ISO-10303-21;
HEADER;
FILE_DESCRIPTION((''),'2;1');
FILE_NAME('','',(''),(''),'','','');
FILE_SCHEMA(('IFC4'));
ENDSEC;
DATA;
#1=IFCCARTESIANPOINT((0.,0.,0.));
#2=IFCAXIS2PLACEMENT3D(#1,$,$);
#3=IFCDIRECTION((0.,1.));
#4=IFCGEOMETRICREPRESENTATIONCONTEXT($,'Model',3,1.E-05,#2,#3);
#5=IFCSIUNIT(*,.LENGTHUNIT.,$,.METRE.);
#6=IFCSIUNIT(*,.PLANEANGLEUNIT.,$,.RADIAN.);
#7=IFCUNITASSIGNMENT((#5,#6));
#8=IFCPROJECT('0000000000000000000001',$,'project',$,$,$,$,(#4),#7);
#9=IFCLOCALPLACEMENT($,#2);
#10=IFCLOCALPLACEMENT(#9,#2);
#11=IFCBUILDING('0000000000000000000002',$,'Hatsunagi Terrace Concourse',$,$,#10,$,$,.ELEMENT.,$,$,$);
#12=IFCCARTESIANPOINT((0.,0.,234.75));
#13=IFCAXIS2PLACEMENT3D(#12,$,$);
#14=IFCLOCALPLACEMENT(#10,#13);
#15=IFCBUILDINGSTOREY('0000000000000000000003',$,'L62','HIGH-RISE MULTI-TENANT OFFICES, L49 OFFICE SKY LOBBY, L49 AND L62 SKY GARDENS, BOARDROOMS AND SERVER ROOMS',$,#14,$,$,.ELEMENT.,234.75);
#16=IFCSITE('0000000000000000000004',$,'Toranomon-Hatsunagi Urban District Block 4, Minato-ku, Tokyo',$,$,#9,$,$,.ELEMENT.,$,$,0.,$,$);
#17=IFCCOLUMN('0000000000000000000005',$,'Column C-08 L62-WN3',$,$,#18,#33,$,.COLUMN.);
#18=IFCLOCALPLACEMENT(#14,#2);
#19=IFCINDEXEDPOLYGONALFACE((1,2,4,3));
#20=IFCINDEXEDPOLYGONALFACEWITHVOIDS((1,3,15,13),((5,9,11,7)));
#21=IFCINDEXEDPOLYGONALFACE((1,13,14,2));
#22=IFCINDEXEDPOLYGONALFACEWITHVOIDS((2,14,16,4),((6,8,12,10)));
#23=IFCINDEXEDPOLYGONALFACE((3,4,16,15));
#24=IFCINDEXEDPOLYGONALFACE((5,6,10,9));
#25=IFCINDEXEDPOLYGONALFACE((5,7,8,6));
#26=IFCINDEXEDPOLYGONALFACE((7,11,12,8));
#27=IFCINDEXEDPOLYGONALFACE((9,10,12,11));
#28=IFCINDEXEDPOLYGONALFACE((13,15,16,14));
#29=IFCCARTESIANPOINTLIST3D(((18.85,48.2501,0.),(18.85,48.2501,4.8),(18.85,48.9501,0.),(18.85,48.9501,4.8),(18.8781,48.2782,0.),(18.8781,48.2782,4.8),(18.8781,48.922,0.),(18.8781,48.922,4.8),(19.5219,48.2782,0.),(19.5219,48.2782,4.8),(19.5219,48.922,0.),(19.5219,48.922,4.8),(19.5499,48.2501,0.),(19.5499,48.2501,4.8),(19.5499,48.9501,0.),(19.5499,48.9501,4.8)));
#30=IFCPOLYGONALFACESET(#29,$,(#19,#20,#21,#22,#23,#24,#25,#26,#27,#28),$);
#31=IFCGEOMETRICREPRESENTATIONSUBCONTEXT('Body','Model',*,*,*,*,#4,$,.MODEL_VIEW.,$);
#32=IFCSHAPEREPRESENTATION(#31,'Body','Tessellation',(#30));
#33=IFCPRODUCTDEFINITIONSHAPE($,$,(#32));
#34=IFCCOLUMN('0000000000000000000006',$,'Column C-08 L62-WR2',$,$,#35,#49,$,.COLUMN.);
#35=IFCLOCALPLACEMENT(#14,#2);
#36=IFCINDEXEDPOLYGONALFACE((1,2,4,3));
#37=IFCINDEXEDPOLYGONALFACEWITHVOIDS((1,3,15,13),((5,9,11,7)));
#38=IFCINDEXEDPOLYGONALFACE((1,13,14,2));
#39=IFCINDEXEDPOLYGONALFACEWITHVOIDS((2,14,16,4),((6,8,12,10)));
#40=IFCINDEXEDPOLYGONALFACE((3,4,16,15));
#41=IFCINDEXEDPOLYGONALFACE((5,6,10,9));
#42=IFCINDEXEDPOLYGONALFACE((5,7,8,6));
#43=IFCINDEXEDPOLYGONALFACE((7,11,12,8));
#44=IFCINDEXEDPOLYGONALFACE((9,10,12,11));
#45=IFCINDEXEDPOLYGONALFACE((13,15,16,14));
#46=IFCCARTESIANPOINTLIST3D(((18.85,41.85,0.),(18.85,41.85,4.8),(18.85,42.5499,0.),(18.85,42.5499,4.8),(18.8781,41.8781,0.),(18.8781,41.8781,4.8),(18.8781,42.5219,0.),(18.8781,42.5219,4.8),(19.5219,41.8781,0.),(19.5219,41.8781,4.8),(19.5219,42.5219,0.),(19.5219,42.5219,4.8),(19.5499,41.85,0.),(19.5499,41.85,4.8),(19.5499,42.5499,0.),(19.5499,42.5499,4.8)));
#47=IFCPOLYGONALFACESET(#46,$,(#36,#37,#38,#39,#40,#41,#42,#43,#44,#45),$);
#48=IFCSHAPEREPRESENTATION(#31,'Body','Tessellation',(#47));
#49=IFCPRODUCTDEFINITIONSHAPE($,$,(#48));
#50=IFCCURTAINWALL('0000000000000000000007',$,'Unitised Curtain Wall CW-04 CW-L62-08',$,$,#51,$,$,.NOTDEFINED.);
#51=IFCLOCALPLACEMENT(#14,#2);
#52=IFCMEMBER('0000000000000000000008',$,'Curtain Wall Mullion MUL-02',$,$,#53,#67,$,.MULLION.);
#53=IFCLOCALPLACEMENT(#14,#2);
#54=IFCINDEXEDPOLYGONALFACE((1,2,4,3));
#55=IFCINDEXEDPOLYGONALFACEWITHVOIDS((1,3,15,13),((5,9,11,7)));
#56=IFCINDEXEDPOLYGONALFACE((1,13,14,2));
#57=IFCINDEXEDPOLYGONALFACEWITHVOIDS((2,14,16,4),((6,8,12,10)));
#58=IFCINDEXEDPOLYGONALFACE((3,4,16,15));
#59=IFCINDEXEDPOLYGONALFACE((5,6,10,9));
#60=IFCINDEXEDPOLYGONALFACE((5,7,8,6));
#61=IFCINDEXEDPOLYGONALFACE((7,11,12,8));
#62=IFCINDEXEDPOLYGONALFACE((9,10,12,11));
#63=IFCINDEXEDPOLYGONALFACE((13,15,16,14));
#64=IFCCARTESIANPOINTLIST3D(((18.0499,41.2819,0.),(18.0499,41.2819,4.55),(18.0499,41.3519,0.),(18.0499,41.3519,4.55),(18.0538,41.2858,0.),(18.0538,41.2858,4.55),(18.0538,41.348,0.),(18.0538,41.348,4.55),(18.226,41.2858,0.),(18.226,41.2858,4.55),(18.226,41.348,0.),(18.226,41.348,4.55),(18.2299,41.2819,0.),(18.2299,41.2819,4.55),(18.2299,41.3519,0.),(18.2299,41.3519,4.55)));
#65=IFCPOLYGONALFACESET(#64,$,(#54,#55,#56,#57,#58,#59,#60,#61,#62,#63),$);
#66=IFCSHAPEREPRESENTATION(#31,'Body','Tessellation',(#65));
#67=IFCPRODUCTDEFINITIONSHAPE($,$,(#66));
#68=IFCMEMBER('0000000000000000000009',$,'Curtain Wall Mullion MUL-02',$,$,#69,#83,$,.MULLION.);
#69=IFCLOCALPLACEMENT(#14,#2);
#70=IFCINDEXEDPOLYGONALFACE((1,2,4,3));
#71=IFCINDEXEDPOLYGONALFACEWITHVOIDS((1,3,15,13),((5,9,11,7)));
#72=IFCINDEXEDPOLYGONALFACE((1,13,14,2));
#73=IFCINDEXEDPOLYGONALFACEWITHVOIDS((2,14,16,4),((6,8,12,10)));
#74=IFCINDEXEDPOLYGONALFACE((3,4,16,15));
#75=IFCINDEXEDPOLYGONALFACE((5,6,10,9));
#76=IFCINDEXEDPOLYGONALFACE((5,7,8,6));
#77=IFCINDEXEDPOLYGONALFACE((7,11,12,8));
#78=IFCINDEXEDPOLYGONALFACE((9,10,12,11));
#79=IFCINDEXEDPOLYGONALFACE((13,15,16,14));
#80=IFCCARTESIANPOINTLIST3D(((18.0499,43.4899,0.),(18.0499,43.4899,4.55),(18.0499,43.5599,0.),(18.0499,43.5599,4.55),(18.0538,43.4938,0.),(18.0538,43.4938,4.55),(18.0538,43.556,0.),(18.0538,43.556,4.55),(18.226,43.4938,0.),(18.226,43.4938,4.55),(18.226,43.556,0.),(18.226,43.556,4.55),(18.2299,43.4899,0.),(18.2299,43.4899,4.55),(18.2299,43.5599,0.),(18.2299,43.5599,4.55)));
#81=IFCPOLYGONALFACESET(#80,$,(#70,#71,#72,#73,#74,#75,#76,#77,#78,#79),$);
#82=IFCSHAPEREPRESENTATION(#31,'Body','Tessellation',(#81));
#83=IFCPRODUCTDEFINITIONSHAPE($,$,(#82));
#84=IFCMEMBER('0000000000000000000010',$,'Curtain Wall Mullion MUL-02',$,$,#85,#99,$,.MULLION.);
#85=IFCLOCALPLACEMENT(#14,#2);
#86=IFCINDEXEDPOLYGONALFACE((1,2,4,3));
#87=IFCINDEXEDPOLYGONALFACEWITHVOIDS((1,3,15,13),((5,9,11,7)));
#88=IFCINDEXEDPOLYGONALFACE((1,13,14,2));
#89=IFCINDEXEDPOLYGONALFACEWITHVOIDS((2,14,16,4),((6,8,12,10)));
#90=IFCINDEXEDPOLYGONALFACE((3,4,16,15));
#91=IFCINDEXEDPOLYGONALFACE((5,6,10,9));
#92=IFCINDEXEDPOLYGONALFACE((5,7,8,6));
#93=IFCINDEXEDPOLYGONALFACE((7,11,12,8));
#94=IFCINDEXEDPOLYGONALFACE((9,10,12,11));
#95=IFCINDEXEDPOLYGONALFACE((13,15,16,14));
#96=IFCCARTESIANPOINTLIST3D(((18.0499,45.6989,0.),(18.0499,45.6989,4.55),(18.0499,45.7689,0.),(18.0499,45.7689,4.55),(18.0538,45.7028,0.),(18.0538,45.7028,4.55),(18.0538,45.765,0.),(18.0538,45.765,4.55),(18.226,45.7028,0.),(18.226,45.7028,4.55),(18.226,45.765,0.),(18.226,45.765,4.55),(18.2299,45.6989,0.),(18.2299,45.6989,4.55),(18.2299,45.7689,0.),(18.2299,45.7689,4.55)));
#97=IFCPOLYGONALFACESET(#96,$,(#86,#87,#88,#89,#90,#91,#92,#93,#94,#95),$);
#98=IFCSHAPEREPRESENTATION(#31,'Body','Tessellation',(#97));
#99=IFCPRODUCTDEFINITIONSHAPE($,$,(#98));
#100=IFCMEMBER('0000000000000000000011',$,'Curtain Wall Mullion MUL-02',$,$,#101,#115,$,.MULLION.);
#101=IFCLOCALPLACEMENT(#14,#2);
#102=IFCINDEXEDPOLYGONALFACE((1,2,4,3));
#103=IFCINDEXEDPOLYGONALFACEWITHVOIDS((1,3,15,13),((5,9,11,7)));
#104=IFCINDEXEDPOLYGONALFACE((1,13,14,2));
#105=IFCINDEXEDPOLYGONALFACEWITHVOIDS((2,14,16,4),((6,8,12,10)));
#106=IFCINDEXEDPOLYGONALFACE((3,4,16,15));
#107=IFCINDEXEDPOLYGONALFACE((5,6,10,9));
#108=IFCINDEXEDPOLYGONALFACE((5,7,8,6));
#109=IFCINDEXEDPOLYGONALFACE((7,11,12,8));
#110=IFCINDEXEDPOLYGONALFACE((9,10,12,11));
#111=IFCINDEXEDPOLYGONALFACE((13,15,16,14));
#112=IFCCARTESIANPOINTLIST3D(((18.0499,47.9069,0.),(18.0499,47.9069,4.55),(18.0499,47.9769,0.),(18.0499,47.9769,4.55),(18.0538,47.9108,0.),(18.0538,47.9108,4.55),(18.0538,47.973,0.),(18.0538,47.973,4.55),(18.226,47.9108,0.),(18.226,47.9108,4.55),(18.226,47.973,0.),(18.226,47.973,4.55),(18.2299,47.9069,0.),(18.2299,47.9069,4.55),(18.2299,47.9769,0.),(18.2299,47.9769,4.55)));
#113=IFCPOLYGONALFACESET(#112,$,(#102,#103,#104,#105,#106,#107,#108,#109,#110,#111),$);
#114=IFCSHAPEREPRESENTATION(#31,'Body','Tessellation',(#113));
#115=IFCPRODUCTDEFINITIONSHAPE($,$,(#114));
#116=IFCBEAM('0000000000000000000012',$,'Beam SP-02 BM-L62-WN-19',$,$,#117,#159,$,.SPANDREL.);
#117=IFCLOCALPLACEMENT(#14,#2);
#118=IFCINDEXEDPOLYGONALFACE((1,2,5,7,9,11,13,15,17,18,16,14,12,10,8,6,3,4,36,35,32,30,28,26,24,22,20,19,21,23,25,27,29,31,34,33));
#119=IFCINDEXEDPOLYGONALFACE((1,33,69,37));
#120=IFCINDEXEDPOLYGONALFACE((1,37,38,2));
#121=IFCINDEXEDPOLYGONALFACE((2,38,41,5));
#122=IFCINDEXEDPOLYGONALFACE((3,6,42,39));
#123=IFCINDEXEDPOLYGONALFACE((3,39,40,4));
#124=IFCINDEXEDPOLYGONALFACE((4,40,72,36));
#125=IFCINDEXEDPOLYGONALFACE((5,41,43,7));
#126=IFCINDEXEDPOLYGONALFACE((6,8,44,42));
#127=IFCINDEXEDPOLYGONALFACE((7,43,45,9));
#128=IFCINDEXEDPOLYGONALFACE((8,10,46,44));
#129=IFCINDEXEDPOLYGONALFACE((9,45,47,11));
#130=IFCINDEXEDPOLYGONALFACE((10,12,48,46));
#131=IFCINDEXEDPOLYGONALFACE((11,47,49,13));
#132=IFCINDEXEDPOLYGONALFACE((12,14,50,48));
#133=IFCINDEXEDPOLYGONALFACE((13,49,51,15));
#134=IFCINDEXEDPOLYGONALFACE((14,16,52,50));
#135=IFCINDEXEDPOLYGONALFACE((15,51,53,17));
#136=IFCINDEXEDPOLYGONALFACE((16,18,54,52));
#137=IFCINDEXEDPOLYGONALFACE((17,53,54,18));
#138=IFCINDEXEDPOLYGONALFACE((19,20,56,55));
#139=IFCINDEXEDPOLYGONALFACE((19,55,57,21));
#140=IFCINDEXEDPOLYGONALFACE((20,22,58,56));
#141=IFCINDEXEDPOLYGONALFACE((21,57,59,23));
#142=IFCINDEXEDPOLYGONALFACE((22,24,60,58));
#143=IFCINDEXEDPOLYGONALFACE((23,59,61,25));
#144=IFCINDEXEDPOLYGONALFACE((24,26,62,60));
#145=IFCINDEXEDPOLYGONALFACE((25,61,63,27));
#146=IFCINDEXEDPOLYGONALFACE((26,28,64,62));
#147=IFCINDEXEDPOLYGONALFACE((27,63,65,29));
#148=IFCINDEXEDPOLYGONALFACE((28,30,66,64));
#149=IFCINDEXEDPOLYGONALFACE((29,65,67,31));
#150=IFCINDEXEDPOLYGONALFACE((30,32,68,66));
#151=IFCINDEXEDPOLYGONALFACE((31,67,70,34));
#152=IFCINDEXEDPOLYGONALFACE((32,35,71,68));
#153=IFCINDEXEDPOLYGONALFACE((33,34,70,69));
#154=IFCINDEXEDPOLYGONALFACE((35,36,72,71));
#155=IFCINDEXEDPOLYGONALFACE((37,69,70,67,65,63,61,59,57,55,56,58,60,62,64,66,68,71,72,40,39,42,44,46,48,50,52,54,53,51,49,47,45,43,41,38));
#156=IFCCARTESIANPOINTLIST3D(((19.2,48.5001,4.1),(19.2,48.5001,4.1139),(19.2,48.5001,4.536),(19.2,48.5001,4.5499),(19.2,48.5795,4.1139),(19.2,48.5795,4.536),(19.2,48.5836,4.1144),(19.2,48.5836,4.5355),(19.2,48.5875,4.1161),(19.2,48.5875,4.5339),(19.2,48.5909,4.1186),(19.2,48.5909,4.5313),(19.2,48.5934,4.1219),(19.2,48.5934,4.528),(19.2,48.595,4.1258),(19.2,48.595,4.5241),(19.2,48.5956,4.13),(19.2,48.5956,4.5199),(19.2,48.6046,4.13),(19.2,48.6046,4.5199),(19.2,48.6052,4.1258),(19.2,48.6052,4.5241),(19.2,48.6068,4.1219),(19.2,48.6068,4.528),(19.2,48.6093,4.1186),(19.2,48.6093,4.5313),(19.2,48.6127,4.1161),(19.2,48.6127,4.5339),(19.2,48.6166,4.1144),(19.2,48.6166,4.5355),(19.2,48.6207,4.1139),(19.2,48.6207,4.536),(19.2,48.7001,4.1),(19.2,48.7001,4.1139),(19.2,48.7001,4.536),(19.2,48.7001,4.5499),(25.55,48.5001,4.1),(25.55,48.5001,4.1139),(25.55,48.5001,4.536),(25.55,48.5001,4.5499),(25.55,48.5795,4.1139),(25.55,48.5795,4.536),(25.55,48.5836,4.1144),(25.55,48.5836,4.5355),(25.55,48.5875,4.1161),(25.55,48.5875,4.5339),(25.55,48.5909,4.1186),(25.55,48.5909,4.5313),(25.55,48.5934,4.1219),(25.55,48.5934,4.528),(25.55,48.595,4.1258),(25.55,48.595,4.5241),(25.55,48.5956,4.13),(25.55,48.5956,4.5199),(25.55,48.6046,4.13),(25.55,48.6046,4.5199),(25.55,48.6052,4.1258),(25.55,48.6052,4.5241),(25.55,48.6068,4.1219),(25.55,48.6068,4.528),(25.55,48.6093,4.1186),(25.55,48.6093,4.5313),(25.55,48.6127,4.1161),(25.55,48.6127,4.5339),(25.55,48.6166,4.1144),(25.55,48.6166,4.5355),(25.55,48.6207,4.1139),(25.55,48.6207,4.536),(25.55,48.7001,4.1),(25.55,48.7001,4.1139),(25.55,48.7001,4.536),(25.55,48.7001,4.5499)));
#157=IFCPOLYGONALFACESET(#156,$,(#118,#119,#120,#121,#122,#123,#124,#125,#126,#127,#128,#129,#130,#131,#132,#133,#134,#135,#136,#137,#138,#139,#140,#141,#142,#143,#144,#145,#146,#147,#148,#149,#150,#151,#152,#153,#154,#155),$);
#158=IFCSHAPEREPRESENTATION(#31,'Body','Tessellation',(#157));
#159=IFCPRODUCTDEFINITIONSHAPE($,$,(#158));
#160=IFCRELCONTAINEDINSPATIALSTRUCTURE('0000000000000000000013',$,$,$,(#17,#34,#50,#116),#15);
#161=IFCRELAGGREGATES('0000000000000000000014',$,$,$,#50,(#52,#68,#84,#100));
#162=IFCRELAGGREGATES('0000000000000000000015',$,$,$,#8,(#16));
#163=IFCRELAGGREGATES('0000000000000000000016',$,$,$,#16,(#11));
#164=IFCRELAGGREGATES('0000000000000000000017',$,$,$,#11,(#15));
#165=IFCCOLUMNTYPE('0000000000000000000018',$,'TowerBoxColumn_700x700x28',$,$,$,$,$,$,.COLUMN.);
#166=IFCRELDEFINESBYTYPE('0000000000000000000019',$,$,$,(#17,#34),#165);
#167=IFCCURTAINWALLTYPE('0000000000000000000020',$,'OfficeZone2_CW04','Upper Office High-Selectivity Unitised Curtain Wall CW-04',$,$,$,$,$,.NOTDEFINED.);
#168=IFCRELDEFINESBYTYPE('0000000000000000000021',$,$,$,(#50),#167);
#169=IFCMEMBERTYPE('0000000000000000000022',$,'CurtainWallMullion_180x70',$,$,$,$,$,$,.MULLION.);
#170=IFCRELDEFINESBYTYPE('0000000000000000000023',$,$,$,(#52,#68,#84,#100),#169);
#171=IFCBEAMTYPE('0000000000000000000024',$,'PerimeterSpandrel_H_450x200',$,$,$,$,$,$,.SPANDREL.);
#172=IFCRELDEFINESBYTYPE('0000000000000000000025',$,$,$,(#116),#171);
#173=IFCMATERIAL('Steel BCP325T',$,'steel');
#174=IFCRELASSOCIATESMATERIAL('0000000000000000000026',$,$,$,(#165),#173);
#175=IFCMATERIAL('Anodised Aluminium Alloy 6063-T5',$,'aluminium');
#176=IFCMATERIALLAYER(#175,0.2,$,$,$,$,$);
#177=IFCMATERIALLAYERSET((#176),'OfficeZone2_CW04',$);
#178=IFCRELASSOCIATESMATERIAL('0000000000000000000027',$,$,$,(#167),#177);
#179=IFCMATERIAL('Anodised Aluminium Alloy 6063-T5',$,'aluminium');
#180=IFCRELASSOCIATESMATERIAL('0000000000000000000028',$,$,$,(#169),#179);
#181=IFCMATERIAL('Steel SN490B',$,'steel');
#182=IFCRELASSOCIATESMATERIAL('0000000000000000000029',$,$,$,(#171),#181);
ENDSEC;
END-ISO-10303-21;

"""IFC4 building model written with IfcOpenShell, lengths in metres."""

from ifc_helpers import new_model, si_unit, direction, frame, origin, origin_2d, place, context, subcontext, project, spatial, hollow_rectangle, i_section, extrude, material, layer, layer_set, material_profile, profile_set, type_object, element, aggregate, save


model = new_model("IFC4")

# Units and contexts
model_context = context("Model", 3, precision=1e-05, world=origin(), true_north=direction((0.0, 1.0)))
body_context = subcontext(model_context, "Body", "Model", "MODEL_VIEW")
ifc_project = project(units=[si_unit("LENGTHUNIT", "METRE"), si_unit("PLANEANGLEUNIT", "RADIAN")], contexts=[model_context])

# Site, building, storey
site_placement = place(None, origin())
site = spatial("IfcSite", under=ifc_project, at=site_placement, Name="Toranomon-Hatsunagi Urban District Block 4, Minato-ku, Tokyo", CompositionType="ELEMENT", RefElevation=0.0)
building_placement = place(site_placement, origin())
building = spatial("IfcBuilding", under=site, at=building_placement, Name="Hatsunagi Terrace Concourse", CompositionType="ELEMENT")
storey_placement = place(building_placement, frame((0.0, 0.0, 234.75)))
storey = spatial("IfcBuildingStorey", under=building, at=storey_placement, Name="L62", Description="HIGH-RISE MULTI-TENANT OFFICES, L49 OFFICE SKY LOBBY, L49 AND L62 SKY GARDENS, BOARDROOMS AND SERVER ROOMS", CompositionType="ELEMENT", Elevation=234.75)

# Columns
ifc_material_1 = material(Name="Steel BCP325T", Category="steel")
ifc_material_profile_1 = material_profile(ifc_material_1, hollow_rectangle(XDim=0.7, YDim=0.7, WallThickness=0.0281, at=origin_2d()), Name="BCP-700x700x28")
ifc_profile_set_1 = profile_set([ifc_material_profile_1], Name="Steel BCP325T")
column_type = type_object("IfcColumnType", Name="TowerBoxColumn_700x700x28", PredefinedType="COLUMN", material=ifc_profile_set_1)
for number, where, z_axis, x_axis, name in (
    (1, (19.2, 48.6001, 0.0), (0.0, 0.0, 1.0), (1.0, 0.0, 0.0), "Column C-08 L62-WN3"),
    (2, (19.2, 42.2, 0.0), (0.0, 0.0, 1.0), (1.0, 0.0, 0.0), "Column C-08 L62-WR2"),
):
    element("IfcColumn", number, at=place(storey_placement, frame(where, z_axis=z_axis, x_axis=x_axis)), inside=storey, type_object=column_type, Name=name, PredefinedType="COLUMN", context=body_context, shape_type="SweptSolid", body=[
        extrude(hollow_rectangle(XDim=0.7, YDim=0.7, WallThickness=0.0281, at=origin_2d()), origin(), (0.0, 0.0, 1.0), 4.8),
    ])

# Curtain wall, members
ifc_material_2 = material(Name="Anodised Aluminium Alloy 6063-T5", Category="aluminium")
ifc_layer_1 = layer(ifc_material_2, 0.2)
ifc_layer_set_1 = layer_set([ifc_layer_1], Name="OfficeZone2_CW04")
curtain_wall_type = type_object("IfcCurtainWallType", Name="OfficeZone2_CW04", Description="Upper Office High-Selectivity Unitised Curtain Wall CW-04", PredefinedType="NOTDEFINED", material=ifc_layer_set_1)
curtain_wall_placement = place(storey_placement, origin())
curtain_wall = element("IfcCurtainWall", 3, at=curtain_wall_placement, inside=storey, type_object=curtain_wall_type, Name="Unitised Curtain Wall CW-04 CW-L62-08", PredefinedType="NOTDEFINED")
ifc_material_3 = material(Name="Anodised Aluminium Alloy 6063-T5", Category="aluminium")
ifc_material_profile_2 = material_profile(ifc_material_3, hollow_rectangle(XDim=0.0701, YDim=0.1799, WallThickness=0.0039, at=origin_2d()), Name="ALU-MUL-180x70x4")
ifc_profile_set_2 = profile_set([ifc_material_profile_2], Name="Anodised Aluminium Alloy 6063-T5")
member_type = type_object("IfcMemberType", Name="CurtainWallMullion_180x70", PredefinedType="MULLION", material=ifc_profile_set_2)
member_1_placement = place(storey_placement, frame((18.1399, 41.3169, 0.0), z_axis=(0.0, 0.0, 1.0), x_axis=(0.0, 1.0, 0.0)))
member_1 = element("IfcMember", 4, at=member_1_placement, type_object=member_type, Name="Curtain Wall Mullion MUL-02", PredefinedType="MULLION", context=body_context, shape_type="SweptSolid", body=[
    extrude(hollow_rectangle(XDim=0.0701, YDim=0.1799, WallThickness=0.0039, at=origin_2d()), origin(), (0.0, 0.0, 1.0), 4.55),
])
member_2_placement = place(storey_placement, frame((18.1399, 43.5249, 0.0), z_axis=(0.0, 0.0, 1.0), x_axis=(0.0, 1.0, 0.0)))
member_2 = element("IfcMember", 5, at=member_2_placement, type_object=member_type, Name="Curtain Wall Mullion MUL-02", PredefinedType="MULLION", context=body_context, shape_type="SweptSolid", body=[
    extrude(hollow_rectangle(XDim=0.0701, YDim=0.1799, WallThickness=0.0039, at=origin_2d()), origin(), (0.0, 0.0, 1.0), 4.55),
])
member_3_placement = place(storey_placement, frame((18.1399, 45.7339, 0.0), z_axis=(0.0, 0.0, 1.0), x_axis=(0.0, 1.0, 0.0)))
member_3 = element("IfcMember", 6, at=member_3_placement, type_object=member_type, Name="Curtain Wall Mullion MUL-02", PredefinedType="MULLION", context=body_context, shape_type="SweptSolid", body=[
    extrude(hollow_rectangle(XDim=0.0701, YDim=0.1799, WallThickness=0.0039, at=origin_2d()), origin(), (0.0, 0.0, 1.0), 4.55),
])
member_4_placement = place(storey_placement, frame((18.1399, 47.9419, 0.0), z_axis=(0.0, 0.0, 1.0), x_axis=(0.0, 1.0, 0.0)))
member_4 = element("IfcMember", 7, at=member_4_placement, type_object=member_type, Name="Curtain Wall Mullion MUL-02", PredefinedType="MULLION", context=body_context, shape_type="SweptSolid", body=[
    extrude(hollow_rectangle(XDim=0.0701, YDim=0.1799, WallThickness=0.0039, at=origin_2d()), origin(), (0.0, 0.0, 1.0), 4.55),
])

# Beam
ifc_material_4 = material(Name="Steel SN490B", Category="steel")
ifc_material_profile_3 = material_profile(ifc_material_4, i_section(OverallWidth=0.2, OverallDepth=0.45, WebThickness=0.009, FlangeThickness=0.0139, FilletRadius=0.0161, at=origin_2d()), Name="H-450x200x9x14")
ifc_profile_set_3 = profile_set([ifc_material_profile_3], Name="Steel SN490B")
beam_type = type_object("IfcBeamType", Name="PerimeterSpandrel_H_450x200", PredefinedType="SPANDREL", material=ifc_profile_set_3)
beam_1_placement = place(storey_placement, frame((19.2, 48.6001, 4.325), z_axis=(1.0, 0.0, 0.0), x_axis=(0.0, 1.0, 0.0)))
element("IfcBeam", 8, at=beam_1_placement, inside=storey, type_object=beam_type, Name="Beam SP-02 BM-L62-WN-19", PredefinedType="SPANDREL", context=body_context, shape_type="SweptSolid", body=[
    extrude(i_section(OverallWidth=0.2, OverallDepth=0.45, WebThickness=0.009, FlangeThickness=0.0139, FilletRadius=0.0161, at=origin_2d()), origin(), (0.0, 0.0, 1.0), 6.3501),
])

aggregate(curtain_wall, [member_1, member_2, member_3, member_4])

save(model, "model.ifc")
